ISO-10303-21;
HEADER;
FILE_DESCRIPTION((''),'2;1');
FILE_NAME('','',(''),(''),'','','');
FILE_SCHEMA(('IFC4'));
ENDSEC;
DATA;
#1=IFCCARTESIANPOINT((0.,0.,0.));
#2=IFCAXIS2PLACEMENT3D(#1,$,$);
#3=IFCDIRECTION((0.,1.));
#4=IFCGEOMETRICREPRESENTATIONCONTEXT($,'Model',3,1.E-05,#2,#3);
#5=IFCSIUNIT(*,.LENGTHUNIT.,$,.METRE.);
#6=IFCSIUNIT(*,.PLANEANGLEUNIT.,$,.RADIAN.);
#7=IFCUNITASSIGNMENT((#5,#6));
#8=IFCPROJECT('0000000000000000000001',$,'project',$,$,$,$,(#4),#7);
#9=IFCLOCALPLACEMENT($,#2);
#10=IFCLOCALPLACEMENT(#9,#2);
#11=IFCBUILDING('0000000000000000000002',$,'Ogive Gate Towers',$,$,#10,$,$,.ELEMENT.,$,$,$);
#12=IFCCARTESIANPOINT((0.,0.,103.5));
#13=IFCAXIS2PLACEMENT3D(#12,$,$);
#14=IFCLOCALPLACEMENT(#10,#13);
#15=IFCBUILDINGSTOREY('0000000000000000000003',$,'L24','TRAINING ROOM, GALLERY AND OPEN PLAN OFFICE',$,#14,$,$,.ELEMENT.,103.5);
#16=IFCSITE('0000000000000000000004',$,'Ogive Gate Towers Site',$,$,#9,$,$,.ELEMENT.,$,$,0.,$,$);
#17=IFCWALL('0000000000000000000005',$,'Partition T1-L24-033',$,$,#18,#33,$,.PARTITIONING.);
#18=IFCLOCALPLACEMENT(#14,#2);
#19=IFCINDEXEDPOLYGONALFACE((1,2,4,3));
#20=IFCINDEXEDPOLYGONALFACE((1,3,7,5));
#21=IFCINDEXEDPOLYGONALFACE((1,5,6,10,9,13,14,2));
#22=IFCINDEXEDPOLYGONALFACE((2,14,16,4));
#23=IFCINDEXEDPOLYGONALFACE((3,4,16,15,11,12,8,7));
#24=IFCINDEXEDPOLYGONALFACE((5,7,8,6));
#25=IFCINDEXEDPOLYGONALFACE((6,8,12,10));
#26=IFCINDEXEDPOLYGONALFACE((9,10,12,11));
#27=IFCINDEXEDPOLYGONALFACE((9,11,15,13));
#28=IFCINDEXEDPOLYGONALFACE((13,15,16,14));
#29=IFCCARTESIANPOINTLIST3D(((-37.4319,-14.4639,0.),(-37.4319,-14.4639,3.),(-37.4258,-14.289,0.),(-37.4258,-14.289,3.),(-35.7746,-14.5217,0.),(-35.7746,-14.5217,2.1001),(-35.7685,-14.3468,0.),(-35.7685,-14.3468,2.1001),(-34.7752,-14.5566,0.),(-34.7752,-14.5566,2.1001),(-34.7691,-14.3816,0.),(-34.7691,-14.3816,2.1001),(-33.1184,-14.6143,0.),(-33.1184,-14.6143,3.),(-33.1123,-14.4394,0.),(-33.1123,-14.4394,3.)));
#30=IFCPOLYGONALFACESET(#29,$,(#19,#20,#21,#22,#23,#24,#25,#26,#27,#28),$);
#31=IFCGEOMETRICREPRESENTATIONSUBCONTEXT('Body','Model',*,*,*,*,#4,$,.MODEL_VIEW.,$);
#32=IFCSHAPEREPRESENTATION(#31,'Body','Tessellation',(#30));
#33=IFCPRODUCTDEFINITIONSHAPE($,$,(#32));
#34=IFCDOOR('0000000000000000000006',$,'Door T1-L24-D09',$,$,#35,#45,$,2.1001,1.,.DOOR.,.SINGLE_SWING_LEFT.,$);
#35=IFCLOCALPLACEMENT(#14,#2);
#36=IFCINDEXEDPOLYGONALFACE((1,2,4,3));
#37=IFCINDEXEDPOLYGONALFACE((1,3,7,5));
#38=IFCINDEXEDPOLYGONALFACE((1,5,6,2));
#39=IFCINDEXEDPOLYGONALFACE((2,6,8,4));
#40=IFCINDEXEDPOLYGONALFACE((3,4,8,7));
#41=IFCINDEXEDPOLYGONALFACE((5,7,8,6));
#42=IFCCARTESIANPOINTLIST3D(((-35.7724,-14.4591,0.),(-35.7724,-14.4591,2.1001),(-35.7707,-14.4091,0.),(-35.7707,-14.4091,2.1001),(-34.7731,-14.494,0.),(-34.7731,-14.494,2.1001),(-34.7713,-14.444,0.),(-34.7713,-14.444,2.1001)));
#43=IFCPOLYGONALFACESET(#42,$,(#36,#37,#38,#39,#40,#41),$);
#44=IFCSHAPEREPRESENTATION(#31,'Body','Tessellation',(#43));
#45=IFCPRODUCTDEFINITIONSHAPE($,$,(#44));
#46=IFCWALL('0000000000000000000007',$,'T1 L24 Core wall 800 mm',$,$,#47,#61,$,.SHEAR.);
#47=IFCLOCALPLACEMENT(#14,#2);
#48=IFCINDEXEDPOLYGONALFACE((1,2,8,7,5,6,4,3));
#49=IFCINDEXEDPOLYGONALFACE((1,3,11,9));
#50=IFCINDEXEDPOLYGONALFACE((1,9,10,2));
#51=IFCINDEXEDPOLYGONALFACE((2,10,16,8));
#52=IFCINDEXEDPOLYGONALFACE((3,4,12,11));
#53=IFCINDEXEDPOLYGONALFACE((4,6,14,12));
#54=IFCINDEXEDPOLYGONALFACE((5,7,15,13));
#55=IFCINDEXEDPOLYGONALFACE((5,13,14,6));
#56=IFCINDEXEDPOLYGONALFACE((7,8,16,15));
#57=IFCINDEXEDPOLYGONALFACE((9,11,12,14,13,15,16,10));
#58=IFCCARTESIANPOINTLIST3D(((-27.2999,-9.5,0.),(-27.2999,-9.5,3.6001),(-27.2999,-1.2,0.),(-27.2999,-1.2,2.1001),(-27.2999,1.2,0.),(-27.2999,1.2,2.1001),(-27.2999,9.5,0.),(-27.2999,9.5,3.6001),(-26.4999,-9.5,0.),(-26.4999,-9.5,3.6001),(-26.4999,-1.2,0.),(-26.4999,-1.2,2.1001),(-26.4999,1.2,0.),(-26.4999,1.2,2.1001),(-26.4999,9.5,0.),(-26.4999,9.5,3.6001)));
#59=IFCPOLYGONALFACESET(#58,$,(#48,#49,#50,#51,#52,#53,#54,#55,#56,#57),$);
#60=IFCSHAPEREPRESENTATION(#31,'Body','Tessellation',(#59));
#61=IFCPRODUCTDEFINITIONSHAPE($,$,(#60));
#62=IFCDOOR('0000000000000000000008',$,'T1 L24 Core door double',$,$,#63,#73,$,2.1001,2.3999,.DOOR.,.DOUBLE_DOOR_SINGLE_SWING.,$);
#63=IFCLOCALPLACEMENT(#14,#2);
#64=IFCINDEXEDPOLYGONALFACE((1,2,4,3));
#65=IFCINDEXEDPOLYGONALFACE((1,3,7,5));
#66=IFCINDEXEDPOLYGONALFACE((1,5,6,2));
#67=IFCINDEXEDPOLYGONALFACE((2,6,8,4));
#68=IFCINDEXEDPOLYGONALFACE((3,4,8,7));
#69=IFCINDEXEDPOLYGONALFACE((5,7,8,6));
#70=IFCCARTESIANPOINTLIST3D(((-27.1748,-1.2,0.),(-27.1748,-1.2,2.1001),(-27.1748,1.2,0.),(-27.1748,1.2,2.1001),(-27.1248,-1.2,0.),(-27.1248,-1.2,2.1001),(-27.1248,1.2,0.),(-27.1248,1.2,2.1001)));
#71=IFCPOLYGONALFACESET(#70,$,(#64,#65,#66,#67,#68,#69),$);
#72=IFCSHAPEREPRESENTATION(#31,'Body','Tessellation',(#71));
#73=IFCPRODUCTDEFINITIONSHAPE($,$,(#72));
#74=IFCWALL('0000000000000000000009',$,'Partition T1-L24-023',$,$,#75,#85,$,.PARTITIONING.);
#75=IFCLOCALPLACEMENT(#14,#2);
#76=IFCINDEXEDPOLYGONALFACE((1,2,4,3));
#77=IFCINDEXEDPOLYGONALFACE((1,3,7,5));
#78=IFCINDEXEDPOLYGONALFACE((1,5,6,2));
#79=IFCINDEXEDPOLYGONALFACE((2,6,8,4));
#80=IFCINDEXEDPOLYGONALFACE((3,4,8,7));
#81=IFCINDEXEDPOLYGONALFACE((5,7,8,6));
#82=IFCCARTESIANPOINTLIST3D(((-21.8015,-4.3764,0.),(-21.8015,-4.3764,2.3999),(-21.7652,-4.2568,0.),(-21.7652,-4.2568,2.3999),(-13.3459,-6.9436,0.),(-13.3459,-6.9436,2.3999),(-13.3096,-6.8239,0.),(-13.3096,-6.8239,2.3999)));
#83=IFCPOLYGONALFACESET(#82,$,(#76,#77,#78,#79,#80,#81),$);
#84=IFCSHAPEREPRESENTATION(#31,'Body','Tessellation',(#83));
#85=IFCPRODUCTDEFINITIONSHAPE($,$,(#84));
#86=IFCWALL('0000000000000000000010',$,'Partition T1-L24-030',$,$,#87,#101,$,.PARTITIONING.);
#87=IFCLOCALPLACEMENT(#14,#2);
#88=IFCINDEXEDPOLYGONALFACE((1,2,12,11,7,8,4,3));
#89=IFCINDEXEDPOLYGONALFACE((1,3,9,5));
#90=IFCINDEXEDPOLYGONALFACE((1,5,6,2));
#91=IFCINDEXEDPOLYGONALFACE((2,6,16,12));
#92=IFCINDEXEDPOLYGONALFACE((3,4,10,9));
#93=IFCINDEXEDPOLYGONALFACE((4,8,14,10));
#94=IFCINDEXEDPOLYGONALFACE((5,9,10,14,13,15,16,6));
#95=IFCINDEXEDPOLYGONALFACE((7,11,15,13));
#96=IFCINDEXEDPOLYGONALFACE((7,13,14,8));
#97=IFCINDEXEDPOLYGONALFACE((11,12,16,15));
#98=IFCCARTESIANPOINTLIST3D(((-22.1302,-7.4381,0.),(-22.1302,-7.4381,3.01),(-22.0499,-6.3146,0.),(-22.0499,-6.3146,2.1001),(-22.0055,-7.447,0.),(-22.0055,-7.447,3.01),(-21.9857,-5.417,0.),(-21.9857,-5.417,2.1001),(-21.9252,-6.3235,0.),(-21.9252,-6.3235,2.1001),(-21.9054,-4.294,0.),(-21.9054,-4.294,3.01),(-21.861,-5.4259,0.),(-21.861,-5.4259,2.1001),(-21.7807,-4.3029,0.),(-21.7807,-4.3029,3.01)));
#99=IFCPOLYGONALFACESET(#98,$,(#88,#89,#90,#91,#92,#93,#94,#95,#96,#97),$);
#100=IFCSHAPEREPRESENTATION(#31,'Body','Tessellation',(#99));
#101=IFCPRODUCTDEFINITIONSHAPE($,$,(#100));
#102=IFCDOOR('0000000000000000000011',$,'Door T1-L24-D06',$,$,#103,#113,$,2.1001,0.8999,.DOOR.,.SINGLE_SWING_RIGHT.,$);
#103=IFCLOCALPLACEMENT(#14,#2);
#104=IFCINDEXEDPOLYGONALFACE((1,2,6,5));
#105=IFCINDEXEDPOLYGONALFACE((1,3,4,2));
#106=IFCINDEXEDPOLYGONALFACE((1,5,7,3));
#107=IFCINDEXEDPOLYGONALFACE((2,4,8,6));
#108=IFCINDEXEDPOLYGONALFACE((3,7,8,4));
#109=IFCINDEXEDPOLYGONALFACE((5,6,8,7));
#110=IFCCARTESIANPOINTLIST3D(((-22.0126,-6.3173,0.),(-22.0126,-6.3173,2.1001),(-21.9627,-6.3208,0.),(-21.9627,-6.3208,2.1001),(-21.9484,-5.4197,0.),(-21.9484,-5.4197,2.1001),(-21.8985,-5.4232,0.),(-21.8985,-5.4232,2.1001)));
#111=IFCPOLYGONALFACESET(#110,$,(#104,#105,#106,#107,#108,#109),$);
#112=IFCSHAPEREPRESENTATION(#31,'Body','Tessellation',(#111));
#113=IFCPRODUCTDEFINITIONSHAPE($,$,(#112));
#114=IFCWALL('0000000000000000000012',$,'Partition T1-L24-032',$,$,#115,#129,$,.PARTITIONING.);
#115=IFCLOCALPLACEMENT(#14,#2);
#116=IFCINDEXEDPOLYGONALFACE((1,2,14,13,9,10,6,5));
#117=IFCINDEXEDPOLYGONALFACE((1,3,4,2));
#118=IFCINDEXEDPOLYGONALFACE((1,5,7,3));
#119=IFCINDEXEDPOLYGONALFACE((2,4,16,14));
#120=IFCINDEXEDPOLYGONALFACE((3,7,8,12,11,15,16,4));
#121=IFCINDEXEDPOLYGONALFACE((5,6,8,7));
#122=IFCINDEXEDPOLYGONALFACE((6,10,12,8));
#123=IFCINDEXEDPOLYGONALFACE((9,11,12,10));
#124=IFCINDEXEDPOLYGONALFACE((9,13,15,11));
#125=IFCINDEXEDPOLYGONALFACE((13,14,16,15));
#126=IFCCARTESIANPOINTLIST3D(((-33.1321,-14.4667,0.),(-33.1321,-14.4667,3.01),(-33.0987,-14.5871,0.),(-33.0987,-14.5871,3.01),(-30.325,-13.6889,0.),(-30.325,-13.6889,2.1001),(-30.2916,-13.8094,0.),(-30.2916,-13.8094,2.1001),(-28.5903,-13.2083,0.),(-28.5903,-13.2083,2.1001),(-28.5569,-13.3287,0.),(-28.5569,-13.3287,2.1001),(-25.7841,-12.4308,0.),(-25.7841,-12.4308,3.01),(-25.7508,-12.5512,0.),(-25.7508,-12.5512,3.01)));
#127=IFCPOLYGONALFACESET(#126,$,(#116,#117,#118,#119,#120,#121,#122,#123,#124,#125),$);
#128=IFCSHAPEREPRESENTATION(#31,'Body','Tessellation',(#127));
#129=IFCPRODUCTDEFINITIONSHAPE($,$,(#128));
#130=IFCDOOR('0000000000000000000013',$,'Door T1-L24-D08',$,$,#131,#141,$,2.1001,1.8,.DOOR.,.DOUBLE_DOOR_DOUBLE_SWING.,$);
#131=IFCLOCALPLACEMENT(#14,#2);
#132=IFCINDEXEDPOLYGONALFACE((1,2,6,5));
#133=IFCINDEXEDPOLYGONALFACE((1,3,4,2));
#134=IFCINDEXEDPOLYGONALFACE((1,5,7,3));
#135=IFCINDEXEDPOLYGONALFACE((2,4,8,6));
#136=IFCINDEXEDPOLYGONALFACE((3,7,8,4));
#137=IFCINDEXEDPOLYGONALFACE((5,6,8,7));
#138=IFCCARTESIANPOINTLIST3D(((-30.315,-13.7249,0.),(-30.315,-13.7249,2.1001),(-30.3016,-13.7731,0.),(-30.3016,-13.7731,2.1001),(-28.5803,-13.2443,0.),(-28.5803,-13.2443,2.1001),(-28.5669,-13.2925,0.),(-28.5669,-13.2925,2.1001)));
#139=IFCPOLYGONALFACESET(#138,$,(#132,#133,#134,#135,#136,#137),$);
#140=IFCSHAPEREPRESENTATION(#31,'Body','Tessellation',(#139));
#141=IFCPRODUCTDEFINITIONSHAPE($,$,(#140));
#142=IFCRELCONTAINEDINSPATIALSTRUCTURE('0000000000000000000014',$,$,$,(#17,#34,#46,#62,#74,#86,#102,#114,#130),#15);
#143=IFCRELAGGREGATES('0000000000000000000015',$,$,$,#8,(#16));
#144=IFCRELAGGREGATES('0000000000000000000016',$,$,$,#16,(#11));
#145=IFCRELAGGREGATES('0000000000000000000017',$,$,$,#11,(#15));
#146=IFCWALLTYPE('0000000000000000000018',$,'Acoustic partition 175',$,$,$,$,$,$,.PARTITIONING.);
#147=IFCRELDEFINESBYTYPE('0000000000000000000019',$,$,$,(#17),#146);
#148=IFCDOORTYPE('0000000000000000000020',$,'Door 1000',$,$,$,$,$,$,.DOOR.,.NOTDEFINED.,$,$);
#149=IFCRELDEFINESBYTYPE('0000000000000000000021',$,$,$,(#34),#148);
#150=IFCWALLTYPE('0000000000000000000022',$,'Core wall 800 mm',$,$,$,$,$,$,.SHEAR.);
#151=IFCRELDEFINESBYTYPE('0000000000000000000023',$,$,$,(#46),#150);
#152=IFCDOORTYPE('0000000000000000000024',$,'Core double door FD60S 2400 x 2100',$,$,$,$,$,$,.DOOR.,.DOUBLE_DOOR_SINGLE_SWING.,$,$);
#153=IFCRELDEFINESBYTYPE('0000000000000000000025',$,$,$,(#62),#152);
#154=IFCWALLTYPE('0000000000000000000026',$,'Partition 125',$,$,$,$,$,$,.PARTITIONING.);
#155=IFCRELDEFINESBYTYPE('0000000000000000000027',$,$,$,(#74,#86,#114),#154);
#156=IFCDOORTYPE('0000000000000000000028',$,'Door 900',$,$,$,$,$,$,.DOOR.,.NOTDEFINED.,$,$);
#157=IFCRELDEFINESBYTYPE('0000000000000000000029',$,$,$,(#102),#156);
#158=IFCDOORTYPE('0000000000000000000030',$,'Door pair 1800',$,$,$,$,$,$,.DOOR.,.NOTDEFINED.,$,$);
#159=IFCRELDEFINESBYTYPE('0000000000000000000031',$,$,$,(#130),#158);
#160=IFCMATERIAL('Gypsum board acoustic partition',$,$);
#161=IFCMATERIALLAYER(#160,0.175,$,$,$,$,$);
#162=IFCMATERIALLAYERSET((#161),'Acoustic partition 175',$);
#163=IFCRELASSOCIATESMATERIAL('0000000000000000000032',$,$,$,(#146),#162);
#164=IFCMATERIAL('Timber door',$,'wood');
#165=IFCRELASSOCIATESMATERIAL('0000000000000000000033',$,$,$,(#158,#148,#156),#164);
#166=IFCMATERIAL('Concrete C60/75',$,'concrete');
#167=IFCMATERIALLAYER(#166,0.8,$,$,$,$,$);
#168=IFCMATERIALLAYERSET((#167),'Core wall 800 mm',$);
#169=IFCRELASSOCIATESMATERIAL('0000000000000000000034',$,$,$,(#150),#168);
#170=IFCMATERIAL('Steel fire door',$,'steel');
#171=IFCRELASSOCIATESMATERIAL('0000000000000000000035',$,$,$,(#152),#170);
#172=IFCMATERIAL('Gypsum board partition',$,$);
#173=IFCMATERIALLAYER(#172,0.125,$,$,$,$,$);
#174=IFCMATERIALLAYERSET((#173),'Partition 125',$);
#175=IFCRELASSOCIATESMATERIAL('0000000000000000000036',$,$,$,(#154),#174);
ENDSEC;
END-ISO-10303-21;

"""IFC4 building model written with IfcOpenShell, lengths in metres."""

from ifc_helpers import new_model, si_unit, direction, frame, frame_2d, origin, place, context, subcontext, project, spatial, rectangle, extrude, material, layer, layer_set, type_object, element, fill, save


model = new_model("IFC4")

# Units and contexts
model_context = context("Model", 3, precision=1e-05, world=origin(), true_north=direction((0.0, 1.0)))
body_context = subcontext(model_context, "Body", "Model", "MODEL_VIEW")
ifc_project = project(units=[si_unit("LENGTHUNIT", "METRE"), si_unit("PLANEANGLEUNIT", "RADIAN")], contexts=[model_context])

# Site, building, storey
site_placement = place(None, origin())
site = spatial("IfcSite", under=ifc_project, at=site_placement, Name="Ogive Gate Towers Site", CompositionType="ELEMENT", RefElevation=0.0)
building_placement = place(site_placement, origin())
building = spatial("IfcBuilding", under=site, at=building_placement, Name="Ogive Gate Towers", CompositionType="ELEMENT")
storey_placement = place(building_placement, frame((0.0, 0.0, 103.5)))
storey = spatial("IfcBuildingStorey", under=building, at=storey_placement, Name="L24", Description="TRAINING ROOM, GALLERY AND OPEN PLAN OFFICE", CompositionType="ELEMENT", Elevation=103.5)

# Shared definitions
ifc_material_1 = material(Name="Gypsum board acoustic partition")
ifc_layer_1 = layer(ifc_material_1, 0.175)
ifc_layer_set_1 = layer_set([ifc_layer_1], Name="Acoustic partition 175")
wall_type_1 = type_object("IfcWallType", Name="Acoustic partition 175", PredefinedType="PARTITIONING", material=ifc_layer_set_1)

# Walls, openings, doors
ifc_material_2 = material(Name="Timber door", Category="wood")
door_type_1 = type_object("IfcDoorType", Name="Door pair 1800", OperationType="NOTDEFINED", PredefinedType="DOOR", material=ifc_material_2)
wall_1_placement = place(storey_placement, frame((-33.1152, -14.5269, 0.0), z_axis=(0.0, 0.0, 1.0), x_axis=(-0.999393, 0.034844, 0.0)))
wall_1 = element("IfcWall", 1, at=wall_1_placement, inside=storey, type_object=wall_type_1, Name="Partition T1-L24-033", PredefinedType="PARTITIONING", context=body_context, shape_type="SweptSolid", body=[
    extrude(rectangle(XDim=4.3162, YDim=0.175, at=frame_2d((2.1582, 0.0))), origin(), (0.0, 0.0, 1.0), 3.0),
])
opening_1_placement = place(wall_1_placement, frame((1.658, 0.0, 0.0)))
opening_1 = element("IfcOpeningElement", 2, at=opening_1_placement, cuts=wall_1, PredefinedType="OPENING", context=body_context, shape_type="SweptSolid", body=[
    extrude(rectangle(XDim=1.0, YDim=2.1001, at=frame_2d((0.5, 1.05))), frame((0.0, 0.0977, 0.0), z_axis=(0.0, -1.0, 0.0), x_axis=(1.0, 0.0, 0.0)), (0.0, 0.0, 1.0), 0.1951),
])
door_type_2 = type_object("IfcDoorType", Name="Door 1000", OperationType="NOTDEFINED", PredefinedType="DOOR", material=ifc_material_2)
door_1_placement = place(opening_1_placement, origin())
door_1 = element("IfcDoor", 3, at=door_1_placement, inside=storey, type_object=door_type_2, Name="Door T1-L24-D09", OperationType="SINGLE_SWING_LEFT", OverallHeight=2.1001, OverallWidth=1.0, PredefinedType="DOOR", context=body_context, shape_type="SweptSolid", body=[
    extrude(rectangle(XDim=1.0, YDim=2.1001, at=frame_2d((0.5, 1.05))), frame((0.0, 0.0249, 0.0), z_axis=(0.0, -1.0, 0.0), x_axis=(1.0, 0.0, 0.0)), (0.0, 0.0, 1.0), 0.05),
])
fill(opening_1, door_1)
ifc_material_3 = material(Name="Concrete C60/75", Category="concrete")
ifc_layer_2 = layer(ifc_material_3, 0.8)
ifc_layer_set_2 = layer_set([ifc_layer_2], Name="Core wall 800 mm")
wall_type_2 = type_object("IfcWallType", Name="Core wall 800 mm", PredefinedType="SHEAR", material=ifc_layer_set_2)
wall_2_placement = place(storey_placement, frame((-26.8999, -9.5, 0.0), z_axis=(0.0, 0.0, 1.0), x_axis=(0.0, 1.0, 0.0)))
wall_2 = element("IfcWall", 4, at=wall_2_placement, inside=storey, type_object=wall_type_2, Name="T1 L24 Core wall 800 mm", PredefinedType="SHEAR", context=body_context, shape_type="SweptSolid", body=[
    extrude(rectangle(XDim=19.0, YDim=0.8, at=frame_2d((9.5, 0.0))), origin(), (0.0, 0.0, 1.0), 3.6001),
])
opening_2_placement = place(wall_2_placement, frame((8.3, 0.0, 0.0)))
opening_2 = element("IfcOpeningElement", 5, at=opening_2_placement, cuts=wall_2, PredefinedType="OPENING", context=body_context, shape_type="SweptSolid", body=[
    extrude(rectangle(XDim=2.3999, YDim=2.1001, at=frame_2d((1.2, 1.05))), frame((0.0, 0.4102, 0.0), z_axis=(0.0, -1.0, 0.0), x_axis=(1.0, 0.0, 0.0)), (0.0, 0.0, 1.0), 0.8201),
])
ifc_material_4 = material(Name="Steel fire door", Category="steel")
door_type_3 = type_object("IfcDoorType", Name="Core double door FD60S 2400 x 2100", OperationType="DOUBLE_DOOR_SINGLE_SWING", PredefinedType="DOOR", material=ifc_material_4)
door_2_placement = place(opening_2_placement, origin())
door_2 = element("IfcDoor", 6, at=door_2_placement, inside=storey, type_object=door_type_3, Name="T1 L24 Core door double", OperationType="DOUBLE_DOOR_SINGLE_SWING", OverallHeight=2.1001, OverallWidth=2.3999, PredefinedType="DOOR", context=body_context, shape_type="SweptSolid", body=[
    extrude(rectangle(XDim=2.3999, YDim=2.1001, at=frame_2d((1.2, 1.05))), frame((0.0, 0.2749, 0.0), z_axis=(0.0, -1.0, 0.0), x_axis=(1.0, 0.0, 0.0)), (0.0, 0.0, 1.0), 0.05),
])
fill(opening_2, door_2)

# Wall
ifc_material_5 = material(Name="Gypsum board partition")
ifc_layer_3 = layer(ifc_material_5, 0.125)
ifc_layer_set_3 = layer_set([ifc_layer_3], Name="Partition 125")
wall_type_3 = type_object("IfcWallType", Name="Partition 125", PredefinedType="PARTITIONING", material=ifc_layer_set_3)
wall_3_placement = place(storey_placement, frame((-13.3276, -6.8838, 0.0), z_axis=(0.0, 0.0, 1.0), x_axis=(-0.956872, 0.29051, 0.0)))
element("IfcWall", 7, at=wall_3_placement, inside=storey, type_object=wall_type_3, Name="Partition T1-L24-023", PredefinedType="PARTITIONING", context=body_context, shape_type="SweptSolid", body=[
    extrude(rectangle(XDim=8.8367, YDim=0.125, at=frame_2d((4.4185, 0.0))), origin(), (0.0, 0.0, 1.0), 2.3999),
])

# Walls, openings, doors
wall_4_placement = place(storey_placement, frame((-21.843, -4.2983, 0.0), z_axis=(0.0, 0.0, 1.0), x_axis=(-0.071335, -0.997452, 0.0)))
wall_4 = element("IfcWall", 8, at=wall_4_placement, inside=storey, type_object=wall_type_3, Name="Partition T1-L24-030", PredefinedType="PARTITIONING", context=body_context, shape_type="SweptSolid", body=[
    extrude(rectangle(XDim=3.1521, YDim=0.125, at=frame_2d((1.5762, 0.0))), origin(), (0.0, 0.0, 1.0), 3.01),
])
opening_3_placement = place(wall_4_placement, frame((1.126, 0.0, 0.0)))
opening_3 = element("IfcOpeningElement", 9, at=opening_3_placement, cuts=wall_4, PredefinedType="OPENING", context=body_context, shape_type="SweptSolid", body=[
    extrude(rectangle(XDim=0.8999, YDim=2.1001, at=frame_2d((0.45, 1.05))), frame((0.0, 0.0725, 0.0), z_axis=(0.0, -1.0, 0.0), x_axis=(1.0, 0.0, 0.0)), (0.0, 0.0, 1.0), 0.145),
])
door_type_4 = type_object("IfcDoorType", Name="Door 900", OperationType="NOTDEFINED", PredefinedType="DOOR", material=ifc_material_2)
door_3_placement = place(opening_3_placement, origin())
door_3 = element("IfcDoor", 10, at=door_3_placement, inside=storey, type_object=door_type_4, Name="Door T1-L24-D06", OperationType="SINGLE_SWING_RIGHT", OverallHeight=2.1001, OverallWidth=0.8999, PredefinedType="DOOR", context=body_context, shape_type="SweptSolid", body=[
    extrude(rectangle(XDim=0.8999, YDim=2.1001, at=frame_2d((0.45, 1.05))), frame((0.0, 0.0249, 0.0), z_axis=(0.0, -1.0, 0.0), x_axis=(1.0, 0.0, 0.0)), (0.0, 0.0, 1.0), 0.05),
])
fill(opening_3, door_3)
wall_5_placement = place(storey_placement, frame((-25.7673, -12.491, 0.0), z_axis=(0.0, 0.0, 1.0), x_axis=(-0.963693, -0.267011, 0.0)))
wall_5 = element("IfcWall", 11, at=wall_5_placement, inside=storey, type_object=wall_type_3, Name="Partition T1-L24-032", PredefinedType="PARTITIONING", context=body_context, shape_type="SweptSolid", body=[
    extrude(rectangle(XDim=7.6248, YDim=0.125, at=frame_2d((3.8125, 0.0))), origin(), (0.0, 0.0, 1.0), 3.01),
])
opening_4_placement = place(wall_5_placement, frame((2.9121, 0.0, 0.0)))
opening_4 = element("IfcOpeningElement", 12, at=opening_4_placement, cuts=wall_5, PredefinedType="OPENING", context=body_context, shape_type="SweptSolid", body=[
    extrude(rectangle(XDim=1.8, YDim=2.1001, at=frame_2d((0.8999, 1.05))), frame((0.0, 0.0725, 0.0), z_axis=(0.0, -1.0, 0.0), x_axis=(1.0, 0.0, 0.0)), (0.0, 0.0, 1.0), 0.145),
])
door_4_placement = place(opening_4_placement, origin())
door_4 = element("IfcDoor", 13, at=door_4_placement, inside=storey, type_object=door_type_1, Name="Door T1-L24-D08", OperationType="DOUBLE_DOOR_DOUBLE_SWING", OverallHeight=2.1001, OverallWidth=1.8, PredefinedType="DOOR", context=body_context, shape_type="SweptSolid", body=[
    extrude(rectangle(XDim=1.8, YDim=2.1001, at=frame_2d((0.8999, 1.05))), frame((0.0, 0.0249, 0.0), z_axis=(0.0, -1.0, 0.0), x_axis=(1.0, 0.0, 0.0)), (0.0, 0.0, 1.0), 0.05),
])
fill(opening_4, door_4)

save(model, "model.ifc")
